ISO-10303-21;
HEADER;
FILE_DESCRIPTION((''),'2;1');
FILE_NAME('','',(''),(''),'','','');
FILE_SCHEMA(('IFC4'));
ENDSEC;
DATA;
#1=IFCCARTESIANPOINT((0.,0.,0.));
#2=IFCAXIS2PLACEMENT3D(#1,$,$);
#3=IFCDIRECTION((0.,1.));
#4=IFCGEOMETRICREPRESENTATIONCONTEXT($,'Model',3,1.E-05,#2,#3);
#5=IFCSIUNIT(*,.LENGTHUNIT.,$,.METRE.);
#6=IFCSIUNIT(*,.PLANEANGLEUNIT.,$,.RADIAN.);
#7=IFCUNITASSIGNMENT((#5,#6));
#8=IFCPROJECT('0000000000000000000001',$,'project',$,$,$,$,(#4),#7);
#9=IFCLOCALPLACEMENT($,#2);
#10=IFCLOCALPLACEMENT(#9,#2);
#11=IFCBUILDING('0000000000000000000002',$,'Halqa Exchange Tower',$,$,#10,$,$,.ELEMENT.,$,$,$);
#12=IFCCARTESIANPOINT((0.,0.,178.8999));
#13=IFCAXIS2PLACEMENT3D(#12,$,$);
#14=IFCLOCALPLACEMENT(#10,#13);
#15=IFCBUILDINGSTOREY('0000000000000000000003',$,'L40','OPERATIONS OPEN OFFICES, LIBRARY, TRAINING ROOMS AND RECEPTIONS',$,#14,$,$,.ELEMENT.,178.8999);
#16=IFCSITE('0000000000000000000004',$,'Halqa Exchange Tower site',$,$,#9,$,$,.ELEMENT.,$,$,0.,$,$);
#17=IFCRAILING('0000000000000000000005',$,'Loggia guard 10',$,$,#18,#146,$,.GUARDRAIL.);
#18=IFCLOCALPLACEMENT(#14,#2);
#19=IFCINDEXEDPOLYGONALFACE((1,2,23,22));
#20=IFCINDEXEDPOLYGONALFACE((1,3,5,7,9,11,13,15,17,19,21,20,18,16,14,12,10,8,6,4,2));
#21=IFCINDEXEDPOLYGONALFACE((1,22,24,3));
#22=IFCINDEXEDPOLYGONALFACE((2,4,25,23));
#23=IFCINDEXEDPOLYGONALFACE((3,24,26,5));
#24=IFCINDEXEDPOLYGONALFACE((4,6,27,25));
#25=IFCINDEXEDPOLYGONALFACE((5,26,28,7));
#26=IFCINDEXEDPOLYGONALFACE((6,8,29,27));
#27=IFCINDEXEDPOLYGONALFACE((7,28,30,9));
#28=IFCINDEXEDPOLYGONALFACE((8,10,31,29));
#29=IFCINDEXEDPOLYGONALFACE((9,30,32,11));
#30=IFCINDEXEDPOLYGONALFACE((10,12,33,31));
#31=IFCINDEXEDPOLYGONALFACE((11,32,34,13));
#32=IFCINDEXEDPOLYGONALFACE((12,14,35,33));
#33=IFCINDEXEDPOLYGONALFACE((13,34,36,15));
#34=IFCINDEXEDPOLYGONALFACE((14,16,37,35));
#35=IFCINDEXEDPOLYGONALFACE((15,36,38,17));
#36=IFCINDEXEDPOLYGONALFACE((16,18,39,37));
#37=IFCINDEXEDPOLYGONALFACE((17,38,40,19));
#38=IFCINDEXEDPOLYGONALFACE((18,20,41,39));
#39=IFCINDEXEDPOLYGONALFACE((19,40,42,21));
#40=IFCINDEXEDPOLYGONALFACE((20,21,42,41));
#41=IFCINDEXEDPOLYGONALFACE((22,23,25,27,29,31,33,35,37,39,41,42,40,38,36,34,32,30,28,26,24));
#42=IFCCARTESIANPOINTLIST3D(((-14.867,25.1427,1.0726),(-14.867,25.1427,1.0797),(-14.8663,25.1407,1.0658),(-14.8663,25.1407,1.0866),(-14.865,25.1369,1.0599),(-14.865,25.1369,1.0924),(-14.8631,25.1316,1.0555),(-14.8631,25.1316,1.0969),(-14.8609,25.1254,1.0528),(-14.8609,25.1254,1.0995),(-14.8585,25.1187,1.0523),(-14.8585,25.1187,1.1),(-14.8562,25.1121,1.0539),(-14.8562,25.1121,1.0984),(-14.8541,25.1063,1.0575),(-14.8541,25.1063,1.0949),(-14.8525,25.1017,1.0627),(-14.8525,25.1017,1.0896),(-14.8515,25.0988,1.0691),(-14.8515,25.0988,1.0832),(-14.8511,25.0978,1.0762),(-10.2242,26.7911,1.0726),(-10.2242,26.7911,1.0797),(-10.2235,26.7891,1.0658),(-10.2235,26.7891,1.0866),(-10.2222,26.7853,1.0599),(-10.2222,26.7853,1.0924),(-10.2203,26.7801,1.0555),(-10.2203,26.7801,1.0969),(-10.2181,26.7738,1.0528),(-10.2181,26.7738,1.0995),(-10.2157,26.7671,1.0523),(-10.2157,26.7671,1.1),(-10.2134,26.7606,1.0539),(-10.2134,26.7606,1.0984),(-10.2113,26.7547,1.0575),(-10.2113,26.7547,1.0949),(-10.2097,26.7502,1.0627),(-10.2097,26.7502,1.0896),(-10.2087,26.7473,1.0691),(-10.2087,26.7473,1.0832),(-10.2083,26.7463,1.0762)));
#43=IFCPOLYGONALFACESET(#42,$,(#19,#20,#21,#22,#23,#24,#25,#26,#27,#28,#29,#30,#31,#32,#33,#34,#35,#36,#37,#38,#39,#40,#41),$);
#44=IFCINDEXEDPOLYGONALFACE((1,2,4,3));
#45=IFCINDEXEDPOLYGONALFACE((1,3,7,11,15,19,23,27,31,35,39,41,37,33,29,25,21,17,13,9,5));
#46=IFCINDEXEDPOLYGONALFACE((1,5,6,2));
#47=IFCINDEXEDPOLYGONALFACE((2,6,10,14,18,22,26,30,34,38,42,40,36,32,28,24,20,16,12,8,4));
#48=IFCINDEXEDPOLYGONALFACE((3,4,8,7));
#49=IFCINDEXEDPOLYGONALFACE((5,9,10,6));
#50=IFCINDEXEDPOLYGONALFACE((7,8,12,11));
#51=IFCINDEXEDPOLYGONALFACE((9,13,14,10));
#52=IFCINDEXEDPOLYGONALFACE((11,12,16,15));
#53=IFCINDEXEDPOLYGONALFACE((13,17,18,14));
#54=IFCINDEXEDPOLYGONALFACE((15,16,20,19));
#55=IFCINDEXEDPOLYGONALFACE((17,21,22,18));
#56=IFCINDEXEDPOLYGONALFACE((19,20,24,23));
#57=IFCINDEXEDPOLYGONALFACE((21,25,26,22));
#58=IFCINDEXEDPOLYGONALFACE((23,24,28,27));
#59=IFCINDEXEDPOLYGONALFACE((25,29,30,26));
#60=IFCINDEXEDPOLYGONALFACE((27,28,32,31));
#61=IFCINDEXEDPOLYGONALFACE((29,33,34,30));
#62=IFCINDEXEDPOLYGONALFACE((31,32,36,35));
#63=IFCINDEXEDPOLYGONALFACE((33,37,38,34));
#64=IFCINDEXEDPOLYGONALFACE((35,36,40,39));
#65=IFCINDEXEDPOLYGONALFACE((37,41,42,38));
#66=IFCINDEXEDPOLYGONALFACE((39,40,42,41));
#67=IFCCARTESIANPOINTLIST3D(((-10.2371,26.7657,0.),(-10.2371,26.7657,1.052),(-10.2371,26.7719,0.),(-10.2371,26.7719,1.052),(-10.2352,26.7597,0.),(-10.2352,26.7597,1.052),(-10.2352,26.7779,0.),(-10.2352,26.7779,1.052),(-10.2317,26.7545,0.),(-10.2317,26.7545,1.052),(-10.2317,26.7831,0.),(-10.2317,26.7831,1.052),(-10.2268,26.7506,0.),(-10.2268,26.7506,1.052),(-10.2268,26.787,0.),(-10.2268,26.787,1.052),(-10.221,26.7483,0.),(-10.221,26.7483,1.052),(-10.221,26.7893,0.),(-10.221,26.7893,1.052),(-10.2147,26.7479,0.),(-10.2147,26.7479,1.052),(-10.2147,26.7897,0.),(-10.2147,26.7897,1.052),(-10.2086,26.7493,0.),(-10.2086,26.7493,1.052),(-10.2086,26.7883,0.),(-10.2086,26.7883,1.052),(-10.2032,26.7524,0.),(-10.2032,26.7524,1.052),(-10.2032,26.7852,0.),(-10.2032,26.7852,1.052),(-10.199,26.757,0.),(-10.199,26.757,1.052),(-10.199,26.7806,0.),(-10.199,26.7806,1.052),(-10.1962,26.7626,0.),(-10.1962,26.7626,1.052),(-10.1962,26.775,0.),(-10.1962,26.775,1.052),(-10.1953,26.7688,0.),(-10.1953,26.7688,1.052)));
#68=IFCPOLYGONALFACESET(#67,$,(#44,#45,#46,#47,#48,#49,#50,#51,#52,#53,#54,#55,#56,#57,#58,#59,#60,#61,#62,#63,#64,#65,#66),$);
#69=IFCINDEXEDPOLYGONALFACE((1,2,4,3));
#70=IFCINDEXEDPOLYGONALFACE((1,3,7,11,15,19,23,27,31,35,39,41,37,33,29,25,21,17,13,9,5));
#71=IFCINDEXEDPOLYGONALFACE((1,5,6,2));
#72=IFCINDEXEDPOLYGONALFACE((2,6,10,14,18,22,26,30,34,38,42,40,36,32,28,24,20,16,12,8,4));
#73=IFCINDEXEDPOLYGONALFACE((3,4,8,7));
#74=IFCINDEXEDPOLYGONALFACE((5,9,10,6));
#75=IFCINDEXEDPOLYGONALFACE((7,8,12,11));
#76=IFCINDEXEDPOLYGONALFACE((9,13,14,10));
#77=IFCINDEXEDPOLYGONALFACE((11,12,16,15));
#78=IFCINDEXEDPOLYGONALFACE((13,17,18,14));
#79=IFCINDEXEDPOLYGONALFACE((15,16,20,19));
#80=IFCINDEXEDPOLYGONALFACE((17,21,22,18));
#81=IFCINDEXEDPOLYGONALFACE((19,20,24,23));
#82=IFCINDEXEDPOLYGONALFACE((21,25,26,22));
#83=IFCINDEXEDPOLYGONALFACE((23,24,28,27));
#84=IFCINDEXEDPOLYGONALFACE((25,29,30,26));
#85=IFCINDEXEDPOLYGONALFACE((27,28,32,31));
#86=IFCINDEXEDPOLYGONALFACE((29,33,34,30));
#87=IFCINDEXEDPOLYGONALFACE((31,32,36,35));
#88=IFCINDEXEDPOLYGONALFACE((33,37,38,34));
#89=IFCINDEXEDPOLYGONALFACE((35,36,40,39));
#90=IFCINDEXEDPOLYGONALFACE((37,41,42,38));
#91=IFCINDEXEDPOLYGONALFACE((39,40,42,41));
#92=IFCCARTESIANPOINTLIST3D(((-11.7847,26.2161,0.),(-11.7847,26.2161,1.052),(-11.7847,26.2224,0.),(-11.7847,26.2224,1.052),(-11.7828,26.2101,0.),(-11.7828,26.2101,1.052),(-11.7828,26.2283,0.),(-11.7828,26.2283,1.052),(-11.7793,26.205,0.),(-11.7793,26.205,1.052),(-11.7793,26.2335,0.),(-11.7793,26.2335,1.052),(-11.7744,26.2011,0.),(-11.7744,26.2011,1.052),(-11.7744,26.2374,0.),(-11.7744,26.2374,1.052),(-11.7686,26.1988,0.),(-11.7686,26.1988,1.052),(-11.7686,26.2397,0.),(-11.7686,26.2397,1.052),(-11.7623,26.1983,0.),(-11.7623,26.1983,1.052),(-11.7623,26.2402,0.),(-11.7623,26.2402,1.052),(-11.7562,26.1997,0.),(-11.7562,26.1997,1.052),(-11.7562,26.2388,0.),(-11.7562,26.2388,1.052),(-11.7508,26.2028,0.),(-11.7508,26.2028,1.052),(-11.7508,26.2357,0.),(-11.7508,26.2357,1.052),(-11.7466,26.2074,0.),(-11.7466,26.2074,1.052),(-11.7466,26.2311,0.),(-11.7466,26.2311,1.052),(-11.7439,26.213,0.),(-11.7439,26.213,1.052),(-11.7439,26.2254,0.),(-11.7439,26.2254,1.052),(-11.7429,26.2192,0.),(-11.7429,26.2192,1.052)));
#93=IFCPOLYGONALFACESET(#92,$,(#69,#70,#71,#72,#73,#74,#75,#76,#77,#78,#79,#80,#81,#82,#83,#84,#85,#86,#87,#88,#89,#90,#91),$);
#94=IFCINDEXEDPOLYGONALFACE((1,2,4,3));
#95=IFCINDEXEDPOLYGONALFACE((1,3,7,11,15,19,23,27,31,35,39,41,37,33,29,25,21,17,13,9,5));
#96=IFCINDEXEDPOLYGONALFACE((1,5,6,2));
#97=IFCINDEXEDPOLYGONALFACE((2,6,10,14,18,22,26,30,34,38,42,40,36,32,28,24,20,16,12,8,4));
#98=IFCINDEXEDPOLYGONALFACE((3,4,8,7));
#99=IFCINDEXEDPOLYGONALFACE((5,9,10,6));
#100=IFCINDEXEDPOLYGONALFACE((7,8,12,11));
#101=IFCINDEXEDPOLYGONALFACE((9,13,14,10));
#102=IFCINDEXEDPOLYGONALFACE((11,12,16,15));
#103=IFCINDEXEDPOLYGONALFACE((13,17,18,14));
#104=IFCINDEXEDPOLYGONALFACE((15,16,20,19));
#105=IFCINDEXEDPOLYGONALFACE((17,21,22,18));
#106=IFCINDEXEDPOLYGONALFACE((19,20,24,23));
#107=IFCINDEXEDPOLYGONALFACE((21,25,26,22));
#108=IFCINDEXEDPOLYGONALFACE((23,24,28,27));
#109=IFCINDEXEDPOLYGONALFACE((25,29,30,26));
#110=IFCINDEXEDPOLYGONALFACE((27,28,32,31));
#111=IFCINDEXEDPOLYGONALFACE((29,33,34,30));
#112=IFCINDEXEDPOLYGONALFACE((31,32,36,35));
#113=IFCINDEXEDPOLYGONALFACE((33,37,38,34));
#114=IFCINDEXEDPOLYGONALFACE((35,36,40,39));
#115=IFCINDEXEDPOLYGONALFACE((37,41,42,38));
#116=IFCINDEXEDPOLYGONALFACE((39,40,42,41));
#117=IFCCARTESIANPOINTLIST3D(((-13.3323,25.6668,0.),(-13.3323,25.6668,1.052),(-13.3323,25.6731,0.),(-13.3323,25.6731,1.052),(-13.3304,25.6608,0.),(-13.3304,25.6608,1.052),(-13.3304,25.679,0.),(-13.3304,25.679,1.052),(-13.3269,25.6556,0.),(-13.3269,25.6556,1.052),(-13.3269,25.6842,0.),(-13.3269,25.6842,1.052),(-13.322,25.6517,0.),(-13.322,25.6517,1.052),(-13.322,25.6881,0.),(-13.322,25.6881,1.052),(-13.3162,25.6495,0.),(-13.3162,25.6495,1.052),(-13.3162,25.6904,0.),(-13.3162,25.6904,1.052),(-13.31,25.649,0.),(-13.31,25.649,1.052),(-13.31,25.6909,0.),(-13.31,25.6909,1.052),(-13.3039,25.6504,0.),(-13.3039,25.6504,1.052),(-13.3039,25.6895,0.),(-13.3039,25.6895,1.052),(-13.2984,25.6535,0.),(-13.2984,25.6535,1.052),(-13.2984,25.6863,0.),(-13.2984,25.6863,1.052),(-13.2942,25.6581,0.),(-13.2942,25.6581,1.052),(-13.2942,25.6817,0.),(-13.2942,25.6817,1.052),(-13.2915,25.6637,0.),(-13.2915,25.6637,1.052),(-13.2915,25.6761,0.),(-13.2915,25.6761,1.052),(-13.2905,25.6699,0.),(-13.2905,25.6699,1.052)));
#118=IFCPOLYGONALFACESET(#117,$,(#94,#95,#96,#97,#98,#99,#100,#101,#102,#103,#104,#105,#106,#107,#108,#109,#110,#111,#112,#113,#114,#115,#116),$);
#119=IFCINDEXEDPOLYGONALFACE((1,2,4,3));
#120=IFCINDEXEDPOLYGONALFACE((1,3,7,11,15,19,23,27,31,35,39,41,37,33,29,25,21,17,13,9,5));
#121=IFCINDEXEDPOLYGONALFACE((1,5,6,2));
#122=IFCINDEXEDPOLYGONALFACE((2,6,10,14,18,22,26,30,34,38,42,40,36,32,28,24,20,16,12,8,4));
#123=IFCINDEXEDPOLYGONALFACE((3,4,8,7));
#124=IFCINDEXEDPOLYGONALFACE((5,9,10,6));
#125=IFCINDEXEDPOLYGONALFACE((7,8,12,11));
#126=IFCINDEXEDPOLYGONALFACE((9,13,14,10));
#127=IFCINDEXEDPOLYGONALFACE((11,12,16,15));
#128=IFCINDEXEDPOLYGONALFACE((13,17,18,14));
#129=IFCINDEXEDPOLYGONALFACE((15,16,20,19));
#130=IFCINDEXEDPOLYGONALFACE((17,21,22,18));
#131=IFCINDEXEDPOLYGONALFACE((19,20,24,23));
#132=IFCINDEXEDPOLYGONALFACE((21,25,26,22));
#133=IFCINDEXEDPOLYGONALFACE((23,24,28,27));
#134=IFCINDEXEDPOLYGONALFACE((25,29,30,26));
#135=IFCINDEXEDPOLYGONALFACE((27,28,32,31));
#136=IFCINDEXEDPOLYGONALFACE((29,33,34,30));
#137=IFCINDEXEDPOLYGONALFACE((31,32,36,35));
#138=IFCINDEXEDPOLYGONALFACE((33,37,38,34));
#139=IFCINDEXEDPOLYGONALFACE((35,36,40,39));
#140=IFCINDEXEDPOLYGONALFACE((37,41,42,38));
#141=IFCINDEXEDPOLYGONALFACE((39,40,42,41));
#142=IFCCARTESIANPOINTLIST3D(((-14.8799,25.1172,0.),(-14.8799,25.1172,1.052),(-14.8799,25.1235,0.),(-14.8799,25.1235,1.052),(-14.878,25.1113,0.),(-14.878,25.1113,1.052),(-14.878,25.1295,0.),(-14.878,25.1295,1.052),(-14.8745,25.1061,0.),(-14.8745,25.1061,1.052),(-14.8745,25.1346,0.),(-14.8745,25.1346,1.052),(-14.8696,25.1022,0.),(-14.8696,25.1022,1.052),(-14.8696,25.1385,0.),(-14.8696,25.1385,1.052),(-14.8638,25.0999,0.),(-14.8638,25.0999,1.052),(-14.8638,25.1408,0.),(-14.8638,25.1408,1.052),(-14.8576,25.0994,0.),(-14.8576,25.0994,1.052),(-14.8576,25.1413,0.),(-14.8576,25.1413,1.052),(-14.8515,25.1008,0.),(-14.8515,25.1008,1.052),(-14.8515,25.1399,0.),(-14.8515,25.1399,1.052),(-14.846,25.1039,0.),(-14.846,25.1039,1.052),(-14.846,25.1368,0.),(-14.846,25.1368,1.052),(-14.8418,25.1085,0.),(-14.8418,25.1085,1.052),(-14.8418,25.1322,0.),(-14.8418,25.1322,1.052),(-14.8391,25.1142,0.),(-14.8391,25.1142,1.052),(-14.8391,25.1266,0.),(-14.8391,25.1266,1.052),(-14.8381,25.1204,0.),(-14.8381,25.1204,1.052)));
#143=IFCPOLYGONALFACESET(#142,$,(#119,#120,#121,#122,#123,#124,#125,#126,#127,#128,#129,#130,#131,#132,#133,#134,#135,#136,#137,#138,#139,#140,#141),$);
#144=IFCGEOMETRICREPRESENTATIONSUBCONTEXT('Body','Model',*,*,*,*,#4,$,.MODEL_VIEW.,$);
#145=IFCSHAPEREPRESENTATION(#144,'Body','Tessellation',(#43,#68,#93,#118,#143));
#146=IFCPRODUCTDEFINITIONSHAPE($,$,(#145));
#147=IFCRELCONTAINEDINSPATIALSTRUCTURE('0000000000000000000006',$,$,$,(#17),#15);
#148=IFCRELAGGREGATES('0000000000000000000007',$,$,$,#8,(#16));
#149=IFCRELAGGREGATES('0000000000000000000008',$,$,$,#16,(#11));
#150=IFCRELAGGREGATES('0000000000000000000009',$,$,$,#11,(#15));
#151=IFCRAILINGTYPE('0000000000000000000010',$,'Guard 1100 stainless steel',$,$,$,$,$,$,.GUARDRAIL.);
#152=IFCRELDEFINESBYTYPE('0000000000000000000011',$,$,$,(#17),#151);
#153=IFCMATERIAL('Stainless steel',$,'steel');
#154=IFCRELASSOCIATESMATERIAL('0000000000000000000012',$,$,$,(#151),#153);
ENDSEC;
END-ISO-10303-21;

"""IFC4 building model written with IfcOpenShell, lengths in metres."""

from ifc_helpers import new_model, si_unit, direction, frame, origin, origin_2d, place, context, subcontext, project, spatial, circle, extrude, material, type_object, element, save


model = new_model("IFC4")

# Units and contexts
model_context = context("Model", 3, precision=1e-05, world=origin(), true_north=direction((0.0, 1.0)))
body_context = subcontext(model_context, "Body", "Model", "MODEL_VIEW")
ifc_project = project(units=[si_unit("LENGTHUNIT", "METRE"), si_unit("PLANEANGLEUNIT", "RADIAN")], contexts=[model_context])

# Site, building, storey
site_placement = place(None, origin())
site = spatial("IfcSite", under=ifc_project, at=site_placement, Name="Halqa Exchange Tower site", CompositionType="ELEMENT", RefElevation=0.0)
building_placement = place(site_placement, origin())
building = spatial("IfcBuilding", under=site, at=building_placement, Name="Halqa Exchange Tower", CompositionType="ELEMENT")
storey_placement = place(building_placement, frame((0.0, 0.0, 178.8999)))
storey = spatial("IfcBuildingStorey", under=building, at=storey_placement, Name="L40", Description="OPERATIONS OPEN OFFICES, LIBRARY, TRAINING ROOMS AND RECEPTIONS", CompositionType="ELEMENT", Elevation=178.8999)

# Railing
ifc_material_1 = material(Name="Stainless steel", Category="steel")
railing_type_1 = type_object("IfcRailingType", Name="Guard 1100 stainless steel", PredefinedType="GUARDRAIL", material=ifc_material_1)
railing_1_placement = place(storey_placement, frame((-10.2163, 26.7688, 0.0)))
element("IfcRailing", 1, at=railing_1_placement, inside=storey, type_object=railing_type_1, Name="Loggia guard 10", PredefinedType="GUARDRAIL", context=body_context, shape_type="SweptSolid", body=[
    extrude(circle(Radius=0.0239, at=origin_2d()), frame((0.0, 0.0, 1.0762), z_axis=(-0.942365, -0.334587, 0.0), x_axis=(0.334587, -0.942365, 0.0)), (0.0, 0.0, 1.0), 4.9268),
    extrude(circle(Radius=0.021, at=origin_2d()), origin(), (0.0, 0.0, 1.0), 1.052),
    extrude(circle(Radius=0.021, at=origin_2d()), frame((-1.5476, -0.5496, 0.0)), (0.0, 0.0, 1.0), 1.052),
    extrude(circle(Radius=0.021, at=origin_2d()), frame((-3.0952, -1.0989, 0.0)), (0.0, 0.0, 1.0), 1.052),
    extrude(circle(Radius=0.021, at=origin_2d()), frame((-4.6428, -1.6484, 0.0)), (0.0, 0.0, 1.0), 1.052),
])

save(model, "model.ifc")
